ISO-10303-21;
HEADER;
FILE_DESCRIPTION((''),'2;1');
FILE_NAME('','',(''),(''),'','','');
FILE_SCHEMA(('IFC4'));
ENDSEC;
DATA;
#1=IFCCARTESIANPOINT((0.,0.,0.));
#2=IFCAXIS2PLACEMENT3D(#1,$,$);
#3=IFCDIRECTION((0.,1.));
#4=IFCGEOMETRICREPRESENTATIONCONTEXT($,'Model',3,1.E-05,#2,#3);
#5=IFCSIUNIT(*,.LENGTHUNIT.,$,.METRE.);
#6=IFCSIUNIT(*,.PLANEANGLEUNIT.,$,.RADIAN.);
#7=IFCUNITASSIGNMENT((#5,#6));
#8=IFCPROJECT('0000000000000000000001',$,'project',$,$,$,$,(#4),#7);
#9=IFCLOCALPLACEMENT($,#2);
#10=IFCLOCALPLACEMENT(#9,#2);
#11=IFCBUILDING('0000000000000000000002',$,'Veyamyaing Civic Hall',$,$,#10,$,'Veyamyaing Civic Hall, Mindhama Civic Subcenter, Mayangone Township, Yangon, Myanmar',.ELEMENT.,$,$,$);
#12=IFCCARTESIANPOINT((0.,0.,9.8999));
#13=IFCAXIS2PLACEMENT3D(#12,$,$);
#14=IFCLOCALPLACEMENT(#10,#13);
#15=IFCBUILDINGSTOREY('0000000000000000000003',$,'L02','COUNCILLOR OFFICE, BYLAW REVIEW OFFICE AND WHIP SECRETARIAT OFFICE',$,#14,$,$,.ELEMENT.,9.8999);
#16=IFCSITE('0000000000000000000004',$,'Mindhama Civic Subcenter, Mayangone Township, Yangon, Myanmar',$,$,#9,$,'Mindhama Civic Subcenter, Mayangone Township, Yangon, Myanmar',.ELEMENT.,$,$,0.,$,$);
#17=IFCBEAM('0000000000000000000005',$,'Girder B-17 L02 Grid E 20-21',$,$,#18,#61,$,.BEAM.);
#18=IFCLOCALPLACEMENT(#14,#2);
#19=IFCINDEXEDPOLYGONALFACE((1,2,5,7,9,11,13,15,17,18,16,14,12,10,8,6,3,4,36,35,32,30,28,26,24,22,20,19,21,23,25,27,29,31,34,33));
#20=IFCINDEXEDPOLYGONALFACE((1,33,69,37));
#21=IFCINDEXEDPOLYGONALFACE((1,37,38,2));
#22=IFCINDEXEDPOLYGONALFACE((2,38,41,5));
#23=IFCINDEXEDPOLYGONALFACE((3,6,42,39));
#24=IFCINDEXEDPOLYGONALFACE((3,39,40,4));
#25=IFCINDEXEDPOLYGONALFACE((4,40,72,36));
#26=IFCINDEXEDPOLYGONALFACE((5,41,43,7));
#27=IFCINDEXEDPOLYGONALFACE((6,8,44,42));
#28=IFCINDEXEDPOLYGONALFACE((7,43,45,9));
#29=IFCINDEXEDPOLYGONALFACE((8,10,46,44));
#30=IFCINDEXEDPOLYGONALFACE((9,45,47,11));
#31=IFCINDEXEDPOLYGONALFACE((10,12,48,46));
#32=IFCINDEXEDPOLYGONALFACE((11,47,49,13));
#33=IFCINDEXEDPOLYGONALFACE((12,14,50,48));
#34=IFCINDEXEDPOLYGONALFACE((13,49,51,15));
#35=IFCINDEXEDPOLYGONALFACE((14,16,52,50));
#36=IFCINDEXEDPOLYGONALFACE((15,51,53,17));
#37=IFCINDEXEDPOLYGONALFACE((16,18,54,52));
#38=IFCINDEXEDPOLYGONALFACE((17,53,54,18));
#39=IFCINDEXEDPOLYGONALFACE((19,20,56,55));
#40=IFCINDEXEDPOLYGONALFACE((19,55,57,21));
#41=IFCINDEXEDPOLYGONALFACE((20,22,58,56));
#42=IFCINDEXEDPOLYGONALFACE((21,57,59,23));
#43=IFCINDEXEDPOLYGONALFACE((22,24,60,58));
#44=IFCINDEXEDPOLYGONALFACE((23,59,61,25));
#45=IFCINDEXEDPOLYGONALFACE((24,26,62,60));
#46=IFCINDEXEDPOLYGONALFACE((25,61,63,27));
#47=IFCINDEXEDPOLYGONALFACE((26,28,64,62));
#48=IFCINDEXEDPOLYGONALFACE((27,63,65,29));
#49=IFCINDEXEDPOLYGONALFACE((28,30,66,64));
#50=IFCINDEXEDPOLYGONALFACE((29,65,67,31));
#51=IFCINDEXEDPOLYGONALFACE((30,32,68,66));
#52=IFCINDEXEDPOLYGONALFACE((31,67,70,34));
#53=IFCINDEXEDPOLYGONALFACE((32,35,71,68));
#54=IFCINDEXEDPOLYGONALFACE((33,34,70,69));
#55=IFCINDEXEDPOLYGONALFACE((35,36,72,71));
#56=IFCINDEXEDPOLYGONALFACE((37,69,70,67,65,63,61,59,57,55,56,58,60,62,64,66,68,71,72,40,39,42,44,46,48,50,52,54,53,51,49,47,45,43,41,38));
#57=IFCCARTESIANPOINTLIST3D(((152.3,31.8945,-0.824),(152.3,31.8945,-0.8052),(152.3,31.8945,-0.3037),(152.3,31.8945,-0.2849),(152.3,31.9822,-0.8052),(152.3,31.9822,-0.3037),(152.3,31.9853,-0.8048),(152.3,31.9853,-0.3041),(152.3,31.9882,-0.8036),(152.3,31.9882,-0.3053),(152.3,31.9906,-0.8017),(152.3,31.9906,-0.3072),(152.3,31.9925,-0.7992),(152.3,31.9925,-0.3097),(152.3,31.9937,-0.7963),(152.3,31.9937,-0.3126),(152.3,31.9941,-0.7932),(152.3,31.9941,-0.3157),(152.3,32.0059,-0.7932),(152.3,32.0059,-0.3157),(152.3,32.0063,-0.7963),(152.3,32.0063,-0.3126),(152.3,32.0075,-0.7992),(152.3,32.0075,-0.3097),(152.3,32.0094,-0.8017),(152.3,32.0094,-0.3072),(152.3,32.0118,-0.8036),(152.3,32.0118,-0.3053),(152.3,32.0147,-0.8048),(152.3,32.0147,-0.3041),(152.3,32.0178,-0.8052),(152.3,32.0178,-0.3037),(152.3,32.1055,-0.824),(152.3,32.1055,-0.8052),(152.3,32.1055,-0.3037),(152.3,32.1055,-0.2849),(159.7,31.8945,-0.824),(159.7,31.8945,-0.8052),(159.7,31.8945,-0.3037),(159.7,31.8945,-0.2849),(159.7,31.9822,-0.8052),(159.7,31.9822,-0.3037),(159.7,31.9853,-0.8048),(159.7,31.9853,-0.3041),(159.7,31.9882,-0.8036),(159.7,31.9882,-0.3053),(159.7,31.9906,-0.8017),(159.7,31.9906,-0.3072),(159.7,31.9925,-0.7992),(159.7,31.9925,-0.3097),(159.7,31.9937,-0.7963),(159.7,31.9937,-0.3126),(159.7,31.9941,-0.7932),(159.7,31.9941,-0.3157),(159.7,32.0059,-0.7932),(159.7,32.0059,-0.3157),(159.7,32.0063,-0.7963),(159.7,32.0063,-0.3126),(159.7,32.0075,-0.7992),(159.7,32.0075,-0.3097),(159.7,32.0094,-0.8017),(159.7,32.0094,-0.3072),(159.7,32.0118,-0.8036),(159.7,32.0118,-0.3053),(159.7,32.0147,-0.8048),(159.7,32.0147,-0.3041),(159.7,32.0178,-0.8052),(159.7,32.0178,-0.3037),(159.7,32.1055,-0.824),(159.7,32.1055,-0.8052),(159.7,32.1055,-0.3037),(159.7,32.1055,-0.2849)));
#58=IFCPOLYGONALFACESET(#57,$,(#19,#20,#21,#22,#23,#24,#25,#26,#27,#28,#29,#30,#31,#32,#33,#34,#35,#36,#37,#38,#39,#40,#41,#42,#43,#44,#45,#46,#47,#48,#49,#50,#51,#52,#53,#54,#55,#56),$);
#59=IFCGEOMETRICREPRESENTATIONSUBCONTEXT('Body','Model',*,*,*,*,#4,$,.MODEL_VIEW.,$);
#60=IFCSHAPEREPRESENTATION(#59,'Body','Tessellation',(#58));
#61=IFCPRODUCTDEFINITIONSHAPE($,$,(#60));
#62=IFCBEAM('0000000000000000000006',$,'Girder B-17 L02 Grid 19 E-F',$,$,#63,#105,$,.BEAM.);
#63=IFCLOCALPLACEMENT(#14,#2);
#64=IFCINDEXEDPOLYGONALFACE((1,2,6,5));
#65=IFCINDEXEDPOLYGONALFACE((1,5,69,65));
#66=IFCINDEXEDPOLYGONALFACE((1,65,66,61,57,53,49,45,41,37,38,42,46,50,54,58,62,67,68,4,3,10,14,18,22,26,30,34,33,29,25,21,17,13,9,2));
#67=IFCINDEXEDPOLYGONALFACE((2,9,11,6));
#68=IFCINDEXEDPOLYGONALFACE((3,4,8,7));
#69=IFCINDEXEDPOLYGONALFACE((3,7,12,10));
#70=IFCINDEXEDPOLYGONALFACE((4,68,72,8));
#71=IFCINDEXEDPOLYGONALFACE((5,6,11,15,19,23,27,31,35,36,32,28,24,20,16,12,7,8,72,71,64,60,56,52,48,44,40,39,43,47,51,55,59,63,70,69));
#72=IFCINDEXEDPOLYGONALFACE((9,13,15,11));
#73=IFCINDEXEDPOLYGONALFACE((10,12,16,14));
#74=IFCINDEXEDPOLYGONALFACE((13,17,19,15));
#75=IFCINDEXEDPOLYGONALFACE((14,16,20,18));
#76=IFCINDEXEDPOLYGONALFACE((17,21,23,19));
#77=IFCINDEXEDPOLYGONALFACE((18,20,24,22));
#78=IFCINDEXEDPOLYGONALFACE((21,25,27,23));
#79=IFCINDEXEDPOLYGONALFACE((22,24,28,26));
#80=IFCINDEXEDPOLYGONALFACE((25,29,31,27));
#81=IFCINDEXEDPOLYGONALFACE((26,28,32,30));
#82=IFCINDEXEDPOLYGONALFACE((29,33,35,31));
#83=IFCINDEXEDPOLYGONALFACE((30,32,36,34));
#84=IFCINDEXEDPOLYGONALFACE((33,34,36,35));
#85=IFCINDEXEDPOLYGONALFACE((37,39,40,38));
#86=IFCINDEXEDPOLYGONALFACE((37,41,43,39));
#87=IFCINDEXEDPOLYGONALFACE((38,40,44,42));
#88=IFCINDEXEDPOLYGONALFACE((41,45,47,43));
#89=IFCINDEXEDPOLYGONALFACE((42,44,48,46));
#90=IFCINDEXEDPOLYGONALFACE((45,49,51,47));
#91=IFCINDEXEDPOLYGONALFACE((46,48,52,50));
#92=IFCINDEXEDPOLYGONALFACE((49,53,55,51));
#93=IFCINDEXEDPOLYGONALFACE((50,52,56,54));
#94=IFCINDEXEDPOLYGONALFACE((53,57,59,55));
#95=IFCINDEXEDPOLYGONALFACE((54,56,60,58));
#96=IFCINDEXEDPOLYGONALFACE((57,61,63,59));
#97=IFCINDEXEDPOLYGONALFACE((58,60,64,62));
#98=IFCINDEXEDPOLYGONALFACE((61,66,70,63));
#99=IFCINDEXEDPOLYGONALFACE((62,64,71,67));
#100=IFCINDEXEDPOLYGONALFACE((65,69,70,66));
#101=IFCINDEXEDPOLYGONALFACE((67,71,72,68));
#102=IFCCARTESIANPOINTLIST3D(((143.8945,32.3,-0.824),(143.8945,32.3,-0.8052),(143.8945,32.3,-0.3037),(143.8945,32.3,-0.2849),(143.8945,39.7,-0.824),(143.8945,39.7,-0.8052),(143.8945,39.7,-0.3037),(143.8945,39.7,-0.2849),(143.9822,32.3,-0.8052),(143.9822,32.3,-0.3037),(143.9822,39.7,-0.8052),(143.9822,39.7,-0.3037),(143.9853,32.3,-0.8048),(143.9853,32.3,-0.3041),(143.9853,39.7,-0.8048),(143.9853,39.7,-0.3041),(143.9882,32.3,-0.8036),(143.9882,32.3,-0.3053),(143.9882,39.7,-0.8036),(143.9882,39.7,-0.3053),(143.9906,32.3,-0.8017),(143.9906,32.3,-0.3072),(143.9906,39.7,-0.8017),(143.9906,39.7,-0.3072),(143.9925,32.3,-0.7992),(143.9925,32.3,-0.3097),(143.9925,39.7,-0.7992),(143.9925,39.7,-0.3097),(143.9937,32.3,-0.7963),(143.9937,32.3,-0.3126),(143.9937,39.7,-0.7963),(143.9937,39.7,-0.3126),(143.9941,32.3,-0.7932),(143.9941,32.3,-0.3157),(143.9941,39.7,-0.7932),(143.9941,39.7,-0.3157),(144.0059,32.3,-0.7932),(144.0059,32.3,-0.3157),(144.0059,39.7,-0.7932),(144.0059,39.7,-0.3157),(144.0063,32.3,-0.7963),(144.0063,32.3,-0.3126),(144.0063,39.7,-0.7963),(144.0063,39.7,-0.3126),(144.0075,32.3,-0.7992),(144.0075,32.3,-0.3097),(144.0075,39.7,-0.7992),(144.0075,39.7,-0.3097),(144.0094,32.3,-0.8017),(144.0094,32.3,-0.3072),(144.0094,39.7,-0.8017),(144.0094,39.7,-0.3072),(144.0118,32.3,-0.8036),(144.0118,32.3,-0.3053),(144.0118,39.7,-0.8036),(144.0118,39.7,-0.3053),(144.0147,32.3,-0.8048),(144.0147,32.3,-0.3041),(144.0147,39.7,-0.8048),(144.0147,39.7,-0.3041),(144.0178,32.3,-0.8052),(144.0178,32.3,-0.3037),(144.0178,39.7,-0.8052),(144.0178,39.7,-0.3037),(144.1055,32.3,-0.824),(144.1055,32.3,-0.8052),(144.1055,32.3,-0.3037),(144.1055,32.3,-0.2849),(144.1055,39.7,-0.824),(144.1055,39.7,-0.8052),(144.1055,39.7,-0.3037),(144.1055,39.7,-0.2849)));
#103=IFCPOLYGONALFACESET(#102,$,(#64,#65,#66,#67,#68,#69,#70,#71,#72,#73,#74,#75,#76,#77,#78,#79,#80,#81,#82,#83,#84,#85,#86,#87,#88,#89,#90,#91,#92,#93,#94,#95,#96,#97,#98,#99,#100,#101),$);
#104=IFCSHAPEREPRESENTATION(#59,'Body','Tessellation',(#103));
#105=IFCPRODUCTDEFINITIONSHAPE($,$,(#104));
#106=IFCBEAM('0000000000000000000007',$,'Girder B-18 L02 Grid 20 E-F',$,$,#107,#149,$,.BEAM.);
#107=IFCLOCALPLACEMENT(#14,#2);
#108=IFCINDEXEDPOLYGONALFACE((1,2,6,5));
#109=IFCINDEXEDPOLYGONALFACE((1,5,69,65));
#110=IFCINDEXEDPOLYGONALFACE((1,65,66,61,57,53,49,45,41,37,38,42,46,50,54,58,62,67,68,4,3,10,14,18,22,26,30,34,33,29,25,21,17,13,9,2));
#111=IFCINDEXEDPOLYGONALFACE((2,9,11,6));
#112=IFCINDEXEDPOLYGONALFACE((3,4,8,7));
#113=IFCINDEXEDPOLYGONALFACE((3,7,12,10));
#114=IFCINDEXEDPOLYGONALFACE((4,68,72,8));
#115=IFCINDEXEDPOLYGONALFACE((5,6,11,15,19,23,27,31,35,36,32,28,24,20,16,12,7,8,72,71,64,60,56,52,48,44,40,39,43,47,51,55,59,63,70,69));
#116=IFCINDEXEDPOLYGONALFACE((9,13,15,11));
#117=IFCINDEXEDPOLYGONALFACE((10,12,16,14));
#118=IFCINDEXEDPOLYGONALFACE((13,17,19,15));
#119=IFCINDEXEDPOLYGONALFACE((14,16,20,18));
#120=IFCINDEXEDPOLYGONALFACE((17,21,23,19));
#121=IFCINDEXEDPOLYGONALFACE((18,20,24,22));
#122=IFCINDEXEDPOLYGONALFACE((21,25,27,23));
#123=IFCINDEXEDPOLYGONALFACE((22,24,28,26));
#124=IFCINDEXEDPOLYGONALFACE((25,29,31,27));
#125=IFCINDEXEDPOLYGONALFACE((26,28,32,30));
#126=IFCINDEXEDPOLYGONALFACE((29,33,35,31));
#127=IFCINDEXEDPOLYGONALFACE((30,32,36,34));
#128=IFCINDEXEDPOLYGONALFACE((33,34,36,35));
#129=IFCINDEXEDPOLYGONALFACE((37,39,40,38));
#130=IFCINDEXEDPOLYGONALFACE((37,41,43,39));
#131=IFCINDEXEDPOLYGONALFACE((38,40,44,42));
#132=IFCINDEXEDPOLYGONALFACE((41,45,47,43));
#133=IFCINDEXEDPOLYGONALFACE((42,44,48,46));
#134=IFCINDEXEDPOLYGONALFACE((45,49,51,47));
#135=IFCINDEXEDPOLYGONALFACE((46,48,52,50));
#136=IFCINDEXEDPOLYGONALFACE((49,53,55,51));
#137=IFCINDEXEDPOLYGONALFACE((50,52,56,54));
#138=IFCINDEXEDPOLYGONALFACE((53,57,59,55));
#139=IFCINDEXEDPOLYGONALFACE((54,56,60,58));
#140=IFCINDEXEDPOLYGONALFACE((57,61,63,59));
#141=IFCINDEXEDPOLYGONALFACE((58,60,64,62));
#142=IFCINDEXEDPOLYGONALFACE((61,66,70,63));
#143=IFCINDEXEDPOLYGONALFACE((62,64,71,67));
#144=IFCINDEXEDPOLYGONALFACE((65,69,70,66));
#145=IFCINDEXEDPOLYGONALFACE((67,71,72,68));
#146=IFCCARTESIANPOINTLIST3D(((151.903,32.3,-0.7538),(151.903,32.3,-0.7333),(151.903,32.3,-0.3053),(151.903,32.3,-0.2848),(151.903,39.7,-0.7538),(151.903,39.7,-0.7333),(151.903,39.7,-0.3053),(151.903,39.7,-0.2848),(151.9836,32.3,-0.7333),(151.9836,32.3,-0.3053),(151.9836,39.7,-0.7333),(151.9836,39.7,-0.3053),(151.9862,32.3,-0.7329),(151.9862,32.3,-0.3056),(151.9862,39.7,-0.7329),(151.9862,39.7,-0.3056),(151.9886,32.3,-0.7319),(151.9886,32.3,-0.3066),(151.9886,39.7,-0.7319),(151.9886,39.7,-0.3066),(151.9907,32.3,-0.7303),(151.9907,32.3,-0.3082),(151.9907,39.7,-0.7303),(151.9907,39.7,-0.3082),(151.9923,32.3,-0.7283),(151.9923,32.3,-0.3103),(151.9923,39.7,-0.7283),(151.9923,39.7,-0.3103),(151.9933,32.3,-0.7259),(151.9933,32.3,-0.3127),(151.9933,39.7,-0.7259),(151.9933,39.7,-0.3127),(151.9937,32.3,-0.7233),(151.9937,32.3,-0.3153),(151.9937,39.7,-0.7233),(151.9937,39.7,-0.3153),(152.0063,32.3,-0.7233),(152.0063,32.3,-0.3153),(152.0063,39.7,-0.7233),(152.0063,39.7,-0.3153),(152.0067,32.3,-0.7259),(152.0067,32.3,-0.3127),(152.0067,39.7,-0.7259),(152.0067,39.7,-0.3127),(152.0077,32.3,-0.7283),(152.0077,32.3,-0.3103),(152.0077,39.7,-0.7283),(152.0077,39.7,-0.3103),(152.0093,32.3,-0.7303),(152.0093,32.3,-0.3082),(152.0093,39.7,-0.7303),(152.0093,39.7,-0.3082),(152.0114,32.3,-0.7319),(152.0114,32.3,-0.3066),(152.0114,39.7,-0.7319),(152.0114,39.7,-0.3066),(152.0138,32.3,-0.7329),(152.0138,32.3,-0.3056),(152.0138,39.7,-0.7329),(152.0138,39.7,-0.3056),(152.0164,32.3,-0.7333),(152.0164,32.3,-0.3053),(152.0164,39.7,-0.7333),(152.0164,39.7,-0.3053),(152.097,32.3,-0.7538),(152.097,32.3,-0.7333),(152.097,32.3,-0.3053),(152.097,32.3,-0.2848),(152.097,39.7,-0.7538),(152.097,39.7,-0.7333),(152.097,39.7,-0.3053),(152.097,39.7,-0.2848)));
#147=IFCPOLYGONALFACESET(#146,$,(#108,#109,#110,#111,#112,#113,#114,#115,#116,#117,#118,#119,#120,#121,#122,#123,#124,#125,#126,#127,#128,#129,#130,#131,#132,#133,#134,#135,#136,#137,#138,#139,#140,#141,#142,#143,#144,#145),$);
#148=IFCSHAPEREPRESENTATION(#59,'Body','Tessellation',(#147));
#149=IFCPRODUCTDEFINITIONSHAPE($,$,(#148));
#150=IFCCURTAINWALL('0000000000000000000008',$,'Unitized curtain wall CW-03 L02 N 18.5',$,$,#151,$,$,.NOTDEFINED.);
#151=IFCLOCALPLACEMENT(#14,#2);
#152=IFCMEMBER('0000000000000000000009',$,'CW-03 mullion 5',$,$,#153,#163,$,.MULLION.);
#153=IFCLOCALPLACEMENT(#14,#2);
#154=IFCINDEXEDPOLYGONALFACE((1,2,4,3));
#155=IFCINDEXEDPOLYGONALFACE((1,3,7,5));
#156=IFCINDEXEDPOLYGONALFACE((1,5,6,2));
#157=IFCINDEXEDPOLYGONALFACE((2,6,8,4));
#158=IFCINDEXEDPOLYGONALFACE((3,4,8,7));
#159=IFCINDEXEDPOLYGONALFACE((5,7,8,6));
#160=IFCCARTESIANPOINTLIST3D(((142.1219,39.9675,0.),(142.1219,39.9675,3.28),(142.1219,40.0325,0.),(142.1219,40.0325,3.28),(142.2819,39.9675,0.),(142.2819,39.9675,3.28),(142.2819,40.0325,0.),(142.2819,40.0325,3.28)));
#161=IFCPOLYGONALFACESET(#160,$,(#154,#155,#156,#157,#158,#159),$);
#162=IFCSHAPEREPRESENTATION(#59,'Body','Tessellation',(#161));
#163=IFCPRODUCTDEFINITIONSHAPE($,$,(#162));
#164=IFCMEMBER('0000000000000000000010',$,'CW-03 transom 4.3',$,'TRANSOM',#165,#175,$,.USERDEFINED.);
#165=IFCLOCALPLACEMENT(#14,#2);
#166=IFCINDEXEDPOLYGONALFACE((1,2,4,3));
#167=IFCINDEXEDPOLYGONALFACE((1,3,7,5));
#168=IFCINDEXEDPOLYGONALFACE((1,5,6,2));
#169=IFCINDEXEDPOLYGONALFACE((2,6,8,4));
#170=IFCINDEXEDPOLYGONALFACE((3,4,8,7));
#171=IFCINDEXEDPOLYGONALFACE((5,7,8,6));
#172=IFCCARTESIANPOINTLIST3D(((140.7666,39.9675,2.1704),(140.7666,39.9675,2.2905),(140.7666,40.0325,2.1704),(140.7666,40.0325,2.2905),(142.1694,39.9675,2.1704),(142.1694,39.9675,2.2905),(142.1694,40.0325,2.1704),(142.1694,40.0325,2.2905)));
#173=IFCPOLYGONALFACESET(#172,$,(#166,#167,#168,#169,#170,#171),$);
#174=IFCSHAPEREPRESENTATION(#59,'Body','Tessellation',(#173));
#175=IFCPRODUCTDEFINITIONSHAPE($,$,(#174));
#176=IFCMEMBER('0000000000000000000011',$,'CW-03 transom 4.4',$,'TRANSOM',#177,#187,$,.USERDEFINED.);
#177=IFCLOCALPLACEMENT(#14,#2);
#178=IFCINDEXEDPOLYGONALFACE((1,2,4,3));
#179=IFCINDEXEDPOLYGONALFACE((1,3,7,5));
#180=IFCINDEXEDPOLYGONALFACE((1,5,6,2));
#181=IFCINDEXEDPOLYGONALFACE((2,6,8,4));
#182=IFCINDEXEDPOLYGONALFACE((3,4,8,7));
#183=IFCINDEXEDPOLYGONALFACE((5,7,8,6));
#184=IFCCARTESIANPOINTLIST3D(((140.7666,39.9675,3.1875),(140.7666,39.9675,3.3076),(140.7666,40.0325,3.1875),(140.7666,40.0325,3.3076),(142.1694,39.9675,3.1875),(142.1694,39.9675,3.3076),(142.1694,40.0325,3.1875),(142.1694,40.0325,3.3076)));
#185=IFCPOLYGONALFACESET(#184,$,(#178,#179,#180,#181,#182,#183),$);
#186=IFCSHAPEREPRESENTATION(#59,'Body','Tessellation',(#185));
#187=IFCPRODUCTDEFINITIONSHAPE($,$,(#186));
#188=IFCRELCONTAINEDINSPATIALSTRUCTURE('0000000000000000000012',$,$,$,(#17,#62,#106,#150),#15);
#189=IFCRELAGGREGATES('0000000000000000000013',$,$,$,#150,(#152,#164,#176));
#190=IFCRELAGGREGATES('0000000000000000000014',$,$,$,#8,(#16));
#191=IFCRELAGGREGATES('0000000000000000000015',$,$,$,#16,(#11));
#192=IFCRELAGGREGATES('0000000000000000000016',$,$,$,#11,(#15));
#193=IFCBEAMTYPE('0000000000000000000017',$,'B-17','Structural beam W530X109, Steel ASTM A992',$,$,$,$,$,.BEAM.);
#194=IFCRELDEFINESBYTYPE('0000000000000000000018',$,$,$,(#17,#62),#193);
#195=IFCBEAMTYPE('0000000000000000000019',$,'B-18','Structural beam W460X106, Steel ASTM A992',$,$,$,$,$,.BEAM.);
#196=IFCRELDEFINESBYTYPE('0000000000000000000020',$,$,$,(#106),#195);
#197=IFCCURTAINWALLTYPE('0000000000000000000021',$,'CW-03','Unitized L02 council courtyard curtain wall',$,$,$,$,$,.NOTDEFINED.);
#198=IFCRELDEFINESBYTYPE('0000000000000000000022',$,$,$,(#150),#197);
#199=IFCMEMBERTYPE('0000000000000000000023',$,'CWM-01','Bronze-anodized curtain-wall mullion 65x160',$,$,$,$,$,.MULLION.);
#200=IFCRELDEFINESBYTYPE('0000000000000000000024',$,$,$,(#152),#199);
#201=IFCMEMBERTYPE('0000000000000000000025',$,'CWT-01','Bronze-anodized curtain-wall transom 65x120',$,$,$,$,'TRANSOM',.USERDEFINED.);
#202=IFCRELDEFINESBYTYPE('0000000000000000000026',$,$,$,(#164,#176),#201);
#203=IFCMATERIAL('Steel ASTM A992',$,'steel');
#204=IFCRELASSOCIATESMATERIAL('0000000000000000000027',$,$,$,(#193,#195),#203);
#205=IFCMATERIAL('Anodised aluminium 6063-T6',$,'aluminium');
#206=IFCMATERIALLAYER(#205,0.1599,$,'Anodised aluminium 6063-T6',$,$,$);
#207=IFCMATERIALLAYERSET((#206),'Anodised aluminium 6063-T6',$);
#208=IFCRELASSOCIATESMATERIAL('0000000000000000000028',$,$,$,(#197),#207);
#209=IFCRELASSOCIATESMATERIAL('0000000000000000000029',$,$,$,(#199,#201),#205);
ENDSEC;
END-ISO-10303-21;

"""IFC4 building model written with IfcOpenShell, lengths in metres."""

from ifc_helpers import new_model, si_unit, direction, frame, origin, origin_2d, place, context, subcontext, project, spatial, rectangle, i_section, extrude, material, layer, layer_set, material_profile, profile_set, type_object, element, aggregate, save


model = new_model("IFC4")

# Units and contexts
model_context = context("Model", 3, precision=1e-05, world=origin(), true_north=direction((0.0, 1.0)))
body_context = subcontext(model_context, "Body", "Model", "MODEL_VIEW")
ifc_project = project(units=[si_unit("LENGTHUNIT", "METRE"), si_unit("PLANEANGLEUNIT", "RADIAN")], contexts=[model_context])

# Site, building, storey
site_placement = place(None, origin())
site = spatial("IfcSite", under=ifc_project, at=site_placement, Name="Mindhama Civic Subcenter, Mayangone Township, Yangon, Myanmar", LongName="Mindhama Civic Subcenter, Mayangone Township, Yangon, Myanmar", CompositionType="ELEMENT", RefElevation=0.0)
building_placement = place(site_placement, origin())
building = spatial("IfcBuilding", under=site, at=building_placement, Name="Veyamyaing Civic Hall", LongName="Veyamyaing Civic Hall, Mindhama Civic Subcenter, Mayangone Township, Yangon, Myanmar", CompositionType="ELEMENT")
storey_placement = place(building_placement, frame((0.0, 0.0, 9.8999)))
storey = spatial("IfcBuildingStorey", under=building, at=storey_placement, Name="L02", Description="COUNCILLOR OFFICE, BYLAW REVIEW OFFICE AND WHIP SECRETARIAT OFFICE", CompositionType="ELEMENT", Elevation=9.8999)

# Beams
ifc_material_1 = material(Name="Steel ASTM A992", Category="steel")
ifc_material_profile_1 = material_profile(ifc_material_1, i_section(OverallWidth=0.2109, OverallDepth=0.5391, WebThickness=0.0117, FlangeThickness=0.0188, FilletRadius=0.012, at=origin_2d()), Name="W530X109")
ifc_profile_set_1 = profile_set([ifc_material_profile_1], Name="Steel ASTM A992")
beam_type_1 = type_object("IfcBeamType", Name="B-17", Description="Structural beam W530X109, Steel ASTM A992", PredefinedType="BEAM", material=ifc_profile_set_1)
for number, where, z_axis, x_axis, name in (
    (1, (152.3, 32.0, -0.5544), (1.0, 0.0, 0.0), (0.0, 1.0, 0.0), "Girder B-17 L02 Grid E 20-21"),
    (2, (144.0, 32.3, -0.5544), (0.0, 1.0, 0.0), (-1.0, 0.0, 0.0), "Girder B-17 L02 Grid 19 E-F"),
):
    element("IfcBeam", number, at=place(storey_placement, frame(where, z_axis=z_axis, x_axis=x_axis)), inside=storey, type_object=beam_type_1, Name=name, PredefinedType="BEAM", context=body_context, shape_type="SweptSolid", body=[
        extrude(i_section(OverallWidth=0.2109, OverallDepth=0.5391, WebThickness=0.0117, FlangeThickness=0.0188, FilletRadius=0.012, at=origin_2d()), origin(), (0.0, 0.0, 1.0), 7.3999),
    ])
ifc_material_profile_2 = material_profile(ifc_material_1, i_section(OverallWidth=0.1941, OverallDepth=0.469, WebThickness=0.0127, FlangeThickness=0.0205, FilletRadius=0.01, at=origin_2d()), Name="W460X106")
ifc_profile_set_2 = profile_set([ifc_material_profile_2], Name="Steel ASTM A992")
beam_type_2 = type_object("IfcBeamType", Name="B-18", Description="Structural beam W460X106, Steel ASTM A992", PredefinedType="BEAM", material=ifc_profile_set_2)
beam_placement = place(storey_placement, frame((152.0, 32.3, -0.5193), z_axis=(0.0, 1.0, 0.0), x_axis=(-1.0, 0.0, 0.0)))
element("IfcBeam", 3, at=beam_placement, inside=storey, type_object=beam_type_2, Name="Girder B-18 L02 Grid 20 E-F", PredefinedType="BEAM", context=body_context, shape_type="SweptSolid", body=[
    extrude(i_section(OverallWidth=0.1941, OverallDepth=0.469, WebThickness=0.0127, FlangeThickness=0.0205, FilletRadius=0.01, at=origin_2d()), origin(), (0.0, 0.0, 1.0), 7.3999),
])

# Curtain wall, members
ifc_material_2 = material(Name="Anodised aluminium 6063-T6", Category="aluminium")
ifc_layer_1 = layer(ifc_material_2, 0.1599, Name="Anodised aluminium 6063-T6")
ifc_layer_set_1 = layer_set([ifc_layer_1], Name="Anodised aluminium 6063-T6")
curtain_wall_type = type_object("IfcCurtainWallType", Name="CW-03", Description="Unitized L02 council courtyard curtain wall", PredefinedType="NOTDEFINED", material=ifc_layer_set_1)
curtain_wall_placement = place(storey_placement, origin())
curtain_wall = element("IfcCurtainWall", 4, at=curtain_wall_placement, inside=storey, type_object=curtain_wall_type, Name="Unitized curtain wall CW-03 L02 N 18.5", PredefinedType="NOTDEFINED")
ifc_material_profile_3 = material_profile(ifc_material_2, rectangle(XDim=0.0649, YDim=0.1599, at=origin_2d()), Name="ALU-MUL-65X160")
ifc_profile_set_3 = profile_set([ifc_material_profile_3], Name="Anodised aluminium 6063-T6")
member_type_1 = type_object("IfcMemberType", Name="CWM-01", Description="Bronze-anodized curtain-wall mullion 65x160", PredefinedType="MULLION", material=ifc_profile_set_3)
member_1_placement = place(storey_placement, frame((142.2019, 40.0, 0.0), z_axis=(0.0, 0.0, 1.0), x_axis=(0.0, 1.0, 0.0)))
member_1 = element("IfcMember", 5, at=member_1_placement, type_object=member_type_1, Name="CW-03 mullion 5", PredefinedType="MULLION", context=body_context, shape_type="SweptSolid", body=[
    extrude(rectangle(XDim=0.0649, YDim=0.1599, at=origin_2d()), origin(), (0.0, 0.0, 1.0), 3.28),
])
ifc_material_profile_4 = material_profile(ifc_material_2, rectangle(XDim=0.0649, YDim=0.1201, at=origin_2d()), Name="ALU-TRN-65X120")
ifc_profile_set_4 = profile_set([ifc_material_profile_4], Name="Anodised aluminium 6063-T6")
member_type_2 = type_object("IfcMemberType", Name="CWT-01", Description="Bronze-anodized curtain-wall transom 65x120", ElementType="TRANSOM", PredefinedType="USERDEFINED", material=ifc_profile_set_4)
member_2_placement = place(storey_placement, frame((140.7666, 40.0, 2.2305), z_axis=(1.0, 0.0, 0.0), x_axis=(0.0, 1.0, 0.0)))
member_2 = element("IfcMember", 6, at=member_2_placement, type_object=member_type_2, Name="CW-03 transom 4.3", ObjectType="TRANSOM", PredefinedType="USERDEFINED", context=body_context, shape_type="SweptSolid", body=[
    extrude(rectangle(XDim=0.0649, YDim=0.1201, at=origin_2d()), origin(), (0.0, 0.0, 1.0), 1.4028),
])
member_3_placement = place(storey_placement, frame((140.7666, 40.0, 3.2476), z_axis=(1.0, 0.0, 0.0), x_axis=(0.0, 1.0, 0.0)))
member_3 = element("IfcMember", 7, at=member_3_placement, type_object=member_type_2, Name="CW-03 transom 4.4", ObjectType="TRANSOM", PredefinedType="USERDEFINED", context=body_context, shape_type="SweptSolid", body=[
    extrude(rectangle(XDim=0.0649, YDim=0.1201, at=origin_2d()), origin(), (0.0, 0.0, 1.0), 1.4028),
])

aggregate(curtain_wall, [member_1, member_2, member_3])

save(model, "model.ifc")
